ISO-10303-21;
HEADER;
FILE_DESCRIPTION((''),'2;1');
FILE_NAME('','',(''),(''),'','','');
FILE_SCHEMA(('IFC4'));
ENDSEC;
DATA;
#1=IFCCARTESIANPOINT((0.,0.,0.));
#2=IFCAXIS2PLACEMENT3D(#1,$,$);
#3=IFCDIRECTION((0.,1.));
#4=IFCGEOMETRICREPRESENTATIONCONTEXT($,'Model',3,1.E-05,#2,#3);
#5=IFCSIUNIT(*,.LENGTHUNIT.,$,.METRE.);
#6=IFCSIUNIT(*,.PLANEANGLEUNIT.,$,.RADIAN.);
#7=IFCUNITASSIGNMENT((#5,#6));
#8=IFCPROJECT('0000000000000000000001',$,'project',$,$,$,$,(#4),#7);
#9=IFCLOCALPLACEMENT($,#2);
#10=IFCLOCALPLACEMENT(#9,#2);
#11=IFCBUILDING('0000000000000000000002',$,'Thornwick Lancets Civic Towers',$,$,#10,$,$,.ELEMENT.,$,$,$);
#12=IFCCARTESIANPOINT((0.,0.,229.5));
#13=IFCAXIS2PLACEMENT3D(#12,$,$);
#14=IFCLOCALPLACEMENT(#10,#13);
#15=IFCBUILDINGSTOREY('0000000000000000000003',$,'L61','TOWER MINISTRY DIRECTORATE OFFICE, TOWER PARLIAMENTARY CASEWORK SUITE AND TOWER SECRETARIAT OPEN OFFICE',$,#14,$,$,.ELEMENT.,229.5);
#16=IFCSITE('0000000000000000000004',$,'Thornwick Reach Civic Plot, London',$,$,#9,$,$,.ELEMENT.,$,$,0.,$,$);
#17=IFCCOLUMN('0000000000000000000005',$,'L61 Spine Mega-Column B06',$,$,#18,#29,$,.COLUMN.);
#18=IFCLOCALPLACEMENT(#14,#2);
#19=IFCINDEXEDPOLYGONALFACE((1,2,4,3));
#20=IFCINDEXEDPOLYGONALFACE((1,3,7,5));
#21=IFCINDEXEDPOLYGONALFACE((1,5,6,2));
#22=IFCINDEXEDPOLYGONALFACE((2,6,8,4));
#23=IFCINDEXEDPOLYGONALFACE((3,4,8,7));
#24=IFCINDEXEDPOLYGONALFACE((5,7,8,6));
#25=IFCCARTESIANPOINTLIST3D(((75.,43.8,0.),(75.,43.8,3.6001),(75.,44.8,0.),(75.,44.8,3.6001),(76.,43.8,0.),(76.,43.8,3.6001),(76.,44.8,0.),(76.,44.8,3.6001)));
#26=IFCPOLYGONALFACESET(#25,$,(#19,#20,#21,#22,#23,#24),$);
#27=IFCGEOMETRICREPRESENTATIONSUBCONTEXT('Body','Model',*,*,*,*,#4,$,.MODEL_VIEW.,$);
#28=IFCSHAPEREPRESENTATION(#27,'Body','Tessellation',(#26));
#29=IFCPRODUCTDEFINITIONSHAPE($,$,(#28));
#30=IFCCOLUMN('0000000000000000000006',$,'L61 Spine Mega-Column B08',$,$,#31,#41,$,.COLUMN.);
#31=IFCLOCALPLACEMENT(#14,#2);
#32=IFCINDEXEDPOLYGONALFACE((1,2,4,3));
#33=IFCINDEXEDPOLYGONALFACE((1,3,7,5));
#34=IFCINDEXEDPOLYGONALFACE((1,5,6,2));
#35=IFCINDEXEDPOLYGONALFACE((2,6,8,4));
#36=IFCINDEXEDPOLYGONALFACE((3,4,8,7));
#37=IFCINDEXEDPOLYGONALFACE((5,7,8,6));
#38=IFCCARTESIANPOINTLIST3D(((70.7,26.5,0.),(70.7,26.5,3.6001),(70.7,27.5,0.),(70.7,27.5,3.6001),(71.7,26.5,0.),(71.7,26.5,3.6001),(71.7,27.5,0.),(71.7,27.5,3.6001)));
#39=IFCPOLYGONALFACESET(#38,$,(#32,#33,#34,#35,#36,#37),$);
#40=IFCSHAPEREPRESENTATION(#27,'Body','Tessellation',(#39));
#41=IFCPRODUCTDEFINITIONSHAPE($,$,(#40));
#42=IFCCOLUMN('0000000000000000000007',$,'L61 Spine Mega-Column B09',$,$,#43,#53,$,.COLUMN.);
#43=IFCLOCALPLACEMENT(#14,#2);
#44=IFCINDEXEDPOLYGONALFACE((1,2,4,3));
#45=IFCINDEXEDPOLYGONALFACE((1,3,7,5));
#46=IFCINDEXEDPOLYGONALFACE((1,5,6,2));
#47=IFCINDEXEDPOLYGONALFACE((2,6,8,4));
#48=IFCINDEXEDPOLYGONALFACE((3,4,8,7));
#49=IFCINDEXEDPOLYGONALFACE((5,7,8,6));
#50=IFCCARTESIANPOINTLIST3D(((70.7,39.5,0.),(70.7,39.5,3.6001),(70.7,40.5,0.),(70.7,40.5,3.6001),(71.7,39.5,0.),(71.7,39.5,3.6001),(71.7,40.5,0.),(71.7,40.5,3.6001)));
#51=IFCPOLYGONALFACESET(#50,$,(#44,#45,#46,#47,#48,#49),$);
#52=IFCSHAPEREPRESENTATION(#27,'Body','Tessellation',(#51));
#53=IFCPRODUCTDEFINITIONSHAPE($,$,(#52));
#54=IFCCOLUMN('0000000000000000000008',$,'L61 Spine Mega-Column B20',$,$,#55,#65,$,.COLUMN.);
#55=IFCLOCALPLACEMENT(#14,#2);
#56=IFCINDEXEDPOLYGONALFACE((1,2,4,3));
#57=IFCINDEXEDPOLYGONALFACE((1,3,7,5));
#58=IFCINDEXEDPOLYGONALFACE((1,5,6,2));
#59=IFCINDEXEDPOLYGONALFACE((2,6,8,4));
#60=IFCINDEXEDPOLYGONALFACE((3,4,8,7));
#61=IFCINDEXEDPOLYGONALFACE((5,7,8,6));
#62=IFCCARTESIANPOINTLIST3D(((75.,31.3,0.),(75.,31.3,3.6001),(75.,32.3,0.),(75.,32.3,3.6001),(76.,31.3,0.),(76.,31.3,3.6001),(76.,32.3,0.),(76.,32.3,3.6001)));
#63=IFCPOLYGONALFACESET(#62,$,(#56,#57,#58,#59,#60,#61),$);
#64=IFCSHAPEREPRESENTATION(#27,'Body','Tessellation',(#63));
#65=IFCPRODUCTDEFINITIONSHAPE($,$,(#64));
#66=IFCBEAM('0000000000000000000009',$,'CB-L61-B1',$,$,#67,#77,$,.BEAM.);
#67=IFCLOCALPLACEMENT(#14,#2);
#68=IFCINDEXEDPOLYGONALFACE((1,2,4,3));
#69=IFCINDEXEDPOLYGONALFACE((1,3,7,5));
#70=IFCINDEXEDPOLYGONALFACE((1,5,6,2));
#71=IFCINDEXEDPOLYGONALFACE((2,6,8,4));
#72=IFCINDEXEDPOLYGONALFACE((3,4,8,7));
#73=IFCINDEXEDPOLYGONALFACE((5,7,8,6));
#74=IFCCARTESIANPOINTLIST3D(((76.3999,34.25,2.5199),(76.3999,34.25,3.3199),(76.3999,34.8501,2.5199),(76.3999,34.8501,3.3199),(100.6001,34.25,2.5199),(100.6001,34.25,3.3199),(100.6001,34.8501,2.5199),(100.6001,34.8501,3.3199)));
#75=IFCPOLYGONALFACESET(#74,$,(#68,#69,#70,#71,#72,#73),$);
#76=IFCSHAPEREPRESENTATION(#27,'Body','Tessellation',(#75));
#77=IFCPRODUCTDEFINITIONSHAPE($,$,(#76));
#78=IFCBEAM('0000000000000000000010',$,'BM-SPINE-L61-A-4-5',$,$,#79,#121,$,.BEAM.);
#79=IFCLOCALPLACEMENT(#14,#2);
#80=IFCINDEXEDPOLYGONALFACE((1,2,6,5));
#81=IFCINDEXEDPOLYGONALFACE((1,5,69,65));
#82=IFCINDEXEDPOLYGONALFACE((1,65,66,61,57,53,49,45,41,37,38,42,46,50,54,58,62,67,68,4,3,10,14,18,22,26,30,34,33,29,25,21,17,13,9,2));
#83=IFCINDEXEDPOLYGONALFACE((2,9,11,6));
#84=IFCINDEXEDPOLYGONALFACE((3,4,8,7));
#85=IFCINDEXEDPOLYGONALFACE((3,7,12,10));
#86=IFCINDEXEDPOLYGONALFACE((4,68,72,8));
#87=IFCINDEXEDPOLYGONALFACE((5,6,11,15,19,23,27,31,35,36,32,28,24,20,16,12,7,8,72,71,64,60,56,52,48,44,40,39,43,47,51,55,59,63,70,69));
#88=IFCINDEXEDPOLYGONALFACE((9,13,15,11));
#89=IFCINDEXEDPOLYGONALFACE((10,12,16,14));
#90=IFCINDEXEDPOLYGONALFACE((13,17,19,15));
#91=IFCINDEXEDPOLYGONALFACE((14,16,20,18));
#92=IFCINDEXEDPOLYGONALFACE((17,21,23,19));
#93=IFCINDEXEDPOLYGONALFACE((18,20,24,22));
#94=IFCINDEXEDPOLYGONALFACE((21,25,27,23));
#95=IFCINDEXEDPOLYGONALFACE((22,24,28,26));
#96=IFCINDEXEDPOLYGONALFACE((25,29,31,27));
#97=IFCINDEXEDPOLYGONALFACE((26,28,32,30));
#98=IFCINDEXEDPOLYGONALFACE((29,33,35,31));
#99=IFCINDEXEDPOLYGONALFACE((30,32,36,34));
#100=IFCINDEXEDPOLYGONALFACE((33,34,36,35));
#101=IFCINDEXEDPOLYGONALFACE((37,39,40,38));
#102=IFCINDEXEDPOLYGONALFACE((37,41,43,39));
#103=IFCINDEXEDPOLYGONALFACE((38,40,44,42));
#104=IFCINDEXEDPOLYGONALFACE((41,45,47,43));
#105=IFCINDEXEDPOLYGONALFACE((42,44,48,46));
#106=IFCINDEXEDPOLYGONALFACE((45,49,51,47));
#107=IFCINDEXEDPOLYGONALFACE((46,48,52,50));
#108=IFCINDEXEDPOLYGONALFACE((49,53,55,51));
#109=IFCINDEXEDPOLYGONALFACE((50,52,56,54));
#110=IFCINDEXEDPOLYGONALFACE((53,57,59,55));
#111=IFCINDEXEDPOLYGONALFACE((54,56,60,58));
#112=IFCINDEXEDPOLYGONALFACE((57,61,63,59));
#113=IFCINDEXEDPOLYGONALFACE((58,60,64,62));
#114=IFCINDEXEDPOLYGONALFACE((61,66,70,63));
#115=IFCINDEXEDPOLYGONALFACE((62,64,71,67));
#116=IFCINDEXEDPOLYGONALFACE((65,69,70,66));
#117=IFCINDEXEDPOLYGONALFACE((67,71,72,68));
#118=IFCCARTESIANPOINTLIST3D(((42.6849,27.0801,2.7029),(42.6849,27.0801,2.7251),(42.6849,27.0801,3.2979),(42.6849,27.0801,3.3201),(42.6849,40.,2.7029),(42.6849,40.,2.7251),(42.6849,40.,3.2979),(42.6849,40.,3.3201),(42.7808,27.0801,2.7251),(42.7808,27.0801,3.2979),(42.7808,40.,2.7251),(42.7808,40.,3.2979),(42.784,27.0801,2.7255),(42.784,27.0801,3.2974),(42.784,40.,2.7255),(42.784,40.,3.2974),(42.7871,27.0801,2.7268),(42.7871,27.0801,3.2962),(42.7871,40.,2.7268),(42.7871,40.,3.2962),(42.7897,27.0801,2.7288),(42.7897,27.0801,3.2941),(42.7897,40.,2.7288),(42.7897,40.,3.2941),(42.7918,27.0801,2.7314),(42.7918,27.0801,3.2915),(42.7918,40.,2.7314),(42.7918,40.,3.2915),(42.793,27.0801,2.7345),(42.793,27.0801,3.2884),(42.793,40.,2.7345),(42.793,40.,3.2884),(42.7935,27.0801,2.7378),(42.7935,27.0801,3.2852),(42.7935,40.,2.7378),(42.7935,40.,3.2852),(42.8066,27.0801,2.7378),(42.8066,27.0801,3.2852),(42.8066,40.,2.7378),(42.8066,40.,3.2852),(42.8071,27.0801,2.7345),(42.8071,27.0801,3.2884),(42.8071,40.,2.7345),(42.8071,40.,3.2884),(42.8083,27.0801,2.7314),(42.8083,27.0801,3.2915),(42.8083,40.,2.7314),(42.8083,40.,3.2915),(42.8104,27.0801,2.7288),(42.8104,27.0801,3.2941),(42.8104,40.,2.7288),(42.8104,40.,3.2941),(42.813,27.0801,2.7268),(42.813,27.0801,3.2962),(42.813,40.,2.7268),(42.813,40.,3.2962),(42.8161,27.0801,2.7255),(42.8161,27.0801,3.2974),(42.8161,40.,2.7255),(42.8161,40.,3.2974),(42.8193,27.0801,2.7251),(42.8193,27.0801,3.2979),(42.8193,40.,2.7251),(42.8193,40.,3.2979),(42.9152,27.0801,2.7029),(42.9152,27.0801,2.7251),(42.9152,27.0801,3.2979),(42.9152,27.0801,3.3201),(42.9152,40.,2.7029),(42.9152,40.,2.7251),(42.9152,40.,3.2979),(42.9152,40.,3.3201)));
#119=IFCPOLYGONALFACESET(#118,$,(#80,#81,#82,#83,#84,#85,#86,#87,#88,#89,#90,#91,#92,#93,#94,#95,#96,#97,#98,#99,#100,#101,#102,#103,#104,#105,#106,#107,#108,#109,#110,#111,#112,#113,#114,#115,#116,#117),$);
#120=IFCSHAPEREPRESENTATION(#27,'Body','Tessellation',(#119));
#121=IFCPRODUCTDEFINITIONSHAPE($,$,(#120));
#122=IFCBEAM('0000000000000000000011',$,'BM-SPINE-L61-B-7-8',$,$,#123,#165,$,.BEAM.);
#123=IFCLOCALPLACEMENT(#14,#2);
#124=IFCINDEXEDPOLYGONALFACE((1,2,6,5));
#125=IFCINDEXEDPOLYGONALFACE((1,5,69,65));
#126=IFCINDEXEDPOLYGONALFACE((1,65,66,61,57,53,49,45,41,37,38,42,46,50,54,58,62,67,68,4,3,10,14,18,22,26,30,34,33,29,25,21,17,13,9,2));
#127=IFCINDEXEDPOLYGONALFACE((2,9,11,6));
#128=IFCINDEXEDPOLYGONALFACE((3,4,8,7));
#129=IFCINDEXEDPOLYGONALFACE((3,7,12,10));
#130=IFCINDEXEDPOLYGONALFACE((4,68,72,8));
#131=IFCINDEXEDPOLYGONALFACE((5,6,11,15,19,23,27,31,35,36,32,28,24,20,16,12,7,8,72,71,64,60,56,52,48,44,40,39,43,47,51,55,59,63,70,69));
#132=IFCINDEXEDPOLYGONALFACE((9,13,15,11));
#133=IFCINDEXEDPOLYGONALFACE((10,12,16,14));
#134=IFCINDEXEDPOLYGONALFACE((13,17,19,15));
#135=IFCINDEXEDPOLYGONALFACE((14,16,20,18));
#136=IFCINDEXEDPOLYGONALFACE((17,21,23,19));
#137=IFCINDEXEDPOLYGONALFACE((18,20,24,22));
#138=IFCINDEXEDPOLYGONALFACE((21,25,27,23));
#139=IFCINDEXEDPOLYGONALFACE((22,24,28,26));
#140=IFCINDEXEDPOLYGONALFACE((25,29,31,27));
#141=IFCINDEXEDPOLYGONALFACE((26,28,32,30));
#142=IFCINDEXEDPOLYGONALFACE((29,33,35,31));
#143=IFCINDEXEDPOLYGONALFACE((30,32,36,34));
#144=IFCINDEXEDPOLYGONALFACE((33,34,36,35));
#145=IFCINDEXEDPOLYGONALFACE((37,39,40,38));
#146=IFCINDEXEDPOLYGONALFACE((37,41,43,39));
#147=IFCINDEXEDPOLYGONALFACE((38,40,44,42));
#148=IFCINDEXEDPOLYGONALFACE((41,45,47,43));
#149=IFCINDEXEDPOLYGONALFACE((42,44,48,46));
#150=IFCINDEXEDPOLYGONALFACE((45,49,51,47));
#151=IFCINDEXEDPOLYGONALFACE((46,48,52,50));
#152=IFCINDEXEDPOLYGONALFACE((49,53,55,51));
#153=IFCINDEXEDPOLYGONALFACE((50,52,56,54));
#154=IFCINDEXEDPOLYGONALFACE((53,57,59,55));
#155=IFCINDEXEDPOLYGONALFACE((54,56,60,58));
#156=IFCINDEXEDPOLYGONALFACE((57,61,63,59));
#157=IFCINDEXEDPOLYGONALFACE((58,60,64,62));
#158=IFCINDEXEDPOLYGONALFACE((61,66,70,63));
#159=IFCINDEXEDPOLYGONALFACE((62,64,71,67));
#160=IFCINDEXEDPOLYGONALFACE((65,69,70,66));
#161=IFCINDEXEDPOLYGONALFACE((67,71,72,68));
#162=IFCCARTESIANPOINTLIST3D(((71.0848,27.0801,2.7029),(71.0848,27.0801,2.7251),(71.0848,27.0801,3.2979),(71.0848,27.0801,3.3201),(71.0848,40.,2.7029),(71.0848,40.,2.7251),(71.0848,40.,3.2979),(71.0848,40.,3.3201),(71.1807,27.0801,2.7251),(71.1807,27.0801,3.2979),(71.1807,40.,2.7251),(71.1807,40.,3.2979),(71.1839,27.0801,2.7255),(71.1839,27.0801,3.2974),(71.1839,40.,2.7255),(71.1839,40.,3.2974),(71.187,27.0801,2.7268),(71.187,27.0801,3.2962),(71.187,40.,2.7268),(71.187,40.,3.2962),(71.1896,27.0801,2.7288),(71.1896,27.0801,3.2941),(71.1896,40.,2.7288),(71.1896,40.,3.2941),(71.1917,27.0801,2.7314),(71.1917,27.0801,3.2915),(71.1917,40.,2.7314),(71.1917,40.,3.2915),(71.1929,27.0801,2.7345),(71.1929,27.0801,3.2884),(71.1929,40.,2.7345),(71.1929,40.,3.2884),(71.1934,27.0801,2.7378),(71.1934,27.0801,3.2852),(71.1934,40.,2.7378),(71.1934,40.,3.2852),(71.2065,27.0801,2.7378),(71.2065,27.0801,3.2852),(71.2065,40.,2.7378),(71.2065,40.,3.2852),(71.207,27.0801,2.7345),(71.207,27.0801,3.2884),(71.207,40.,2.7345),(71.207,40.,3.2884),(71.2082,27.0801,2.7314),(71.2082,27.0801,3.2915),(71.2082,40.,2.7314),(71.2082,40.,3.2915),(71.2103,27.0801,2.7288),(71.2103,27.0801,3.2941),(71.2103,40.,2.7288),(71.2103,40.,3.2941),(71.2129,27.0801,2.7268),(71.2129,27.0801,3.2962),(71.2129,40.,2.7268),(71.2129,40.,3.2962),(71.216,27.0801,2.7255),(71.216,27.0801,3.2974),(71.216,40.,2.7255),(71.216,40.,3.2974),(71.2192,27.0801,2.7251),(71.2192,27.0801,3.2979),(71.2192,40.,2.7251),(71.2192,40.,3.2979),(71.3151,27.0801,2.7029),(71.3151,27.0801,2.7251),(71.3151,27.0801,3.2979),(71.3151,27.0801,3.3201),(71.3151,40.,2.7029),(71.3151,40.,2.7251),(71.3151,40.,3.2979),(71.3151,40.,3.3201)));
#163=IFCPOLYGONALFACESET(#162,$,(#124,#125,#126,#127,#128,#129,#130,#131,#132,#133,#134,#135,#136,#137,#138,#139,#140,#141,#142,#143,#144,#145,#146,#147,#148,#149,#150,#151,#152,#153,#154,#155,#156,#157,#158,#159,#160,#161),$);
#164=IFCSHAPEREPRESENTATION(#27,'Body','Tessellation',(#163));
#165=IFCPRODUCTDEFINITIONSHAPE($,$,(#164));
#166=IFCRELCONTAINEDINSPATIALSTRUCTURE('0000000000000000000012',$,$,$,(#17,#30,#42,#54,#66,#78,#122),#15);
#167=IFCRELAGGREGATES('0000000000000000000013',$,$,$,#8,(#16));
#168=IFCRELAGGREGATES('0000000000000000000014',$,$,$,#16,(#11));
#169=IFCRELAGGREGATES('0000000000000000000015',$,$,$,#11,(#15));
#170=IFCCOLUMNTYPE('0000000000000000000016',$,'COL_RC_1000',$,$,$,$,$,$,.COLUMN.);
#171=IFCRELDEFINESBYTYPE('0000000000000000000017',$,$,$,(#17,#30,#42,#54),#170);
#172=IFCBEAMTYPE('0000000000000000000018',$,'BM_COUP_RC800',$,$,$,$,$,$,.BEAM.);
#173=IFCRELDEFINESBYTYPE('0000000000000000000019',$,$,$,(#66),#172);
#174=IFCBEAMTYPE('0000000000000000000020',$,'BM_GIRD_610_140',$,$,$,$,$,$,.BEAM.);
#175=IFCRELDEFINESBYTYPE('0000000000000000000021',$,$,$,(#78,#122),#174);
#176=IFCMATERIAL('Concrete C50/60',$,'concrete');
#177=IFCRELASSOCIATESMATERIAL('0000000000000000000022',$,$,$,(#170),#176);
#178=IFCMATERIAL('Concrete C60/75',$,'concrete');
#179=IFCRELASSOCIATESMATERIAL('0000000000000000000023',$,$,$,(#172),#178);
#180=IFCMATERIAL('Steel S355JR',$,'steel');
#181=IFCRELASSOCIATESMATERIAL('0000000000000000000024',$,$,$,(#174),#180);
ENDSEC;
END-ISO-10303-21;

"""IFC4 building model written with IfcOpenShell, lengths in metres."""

from ifc_helpers import new_model, si_unit, direction, frame, origin, origin_2d, place, context, subcontext, project, spatial, rectangle, i_section, extrude, material, material_profile, profile_set, type_object, element, save


model = new_model("IFC4")

# Units and contexts
model_context = context("Model", 3, precision=1e-05, world=origin(), true_north=direction((0.0, 1.0)))
body_context = subcontext(model_context, "Body", "Model", "MODEL_VIEW")
ifc_project = project(units=[si_unit("LENGTHUNIT", "METRE"), si_unit("PLANEANGLEUNIT", "RADIAN")], contexts=[model_context])

# Site, building, storey
site_placement = place(None, origin())
site = spatial("IfcSite", under=ifc_project, at=site_placement, Name="Thornwick Reach Civic Plot, London", CompositionType="ELEMENT", RefElevation=0.0)
building_placement = place(site_placement, origin())
building = spatial("IfcBuilding", under=site, at=building_placement, Name="Thornwick Lancets Civic Towers", CompositionType="ELEMENT")
storey_placement = place(building_placement, frame((0.0, 0.0, 229.5)))
storey = spatial("IfcBuildingStorey", under=building, at=storey_placement, Name="L61", Description="TOWER MINISTRY DIRECTORATE OFFICE, TOWER PARLIAMENTARY CASEWORK SUITE AND TOWER SECRETARIAT OPEN OFFICE", CompositionType="ELEMENT", Elevation=229.5)

# Columns
ifc_material_1 = material(Name="Concrete C50/60", Category="concrete")
ifc_material_profile_1 = material_profile(ifc_material_1, rectangle(XDim=1.0, YDim=1.0, at=origin_2d()), Name="RC 1000x1000")
ifc_profile_set_1 = profile_set([ifc_material_profile_1], Name="Concrete C50/60")
column_type = type_object("IfcColumnType", Name="COL_RC_1000", PredefinedType="COLUMN", material=ifc_profile_set_1)
for number, where, z_axis, x_axis, name in (
    (1, (75.5, 44.3, 0.0), (0.0, 0.0, 1.0), (1.0, 0.0, 0.0), "L61 Spine Mega-Column B06"),
    (2, (71.2, 27.0, 0.0), (0.0, 0.0, 1.0), (1.0, 0.0, 0.0), "L61 Spine Mega-Column B08"),
    (3, (71.2, 40.0, 0.0), (0.0, 0.0, 1.0), (1.0, 0.0, 0.0), "L61 Spine Mega-Column B09"),
    (4, (75.5, 31.8, 0.0), (0.0, 0.0, 1.0), (1.0, 0.0, 0.0), "L61 Spine Mega-Column B20"),
):
    element("IfcColumn", number, at=place(storey_placement, frame(where, z_axis=z_axis, x_axis=x_axis)), inside=storey, type_object=column_type, Name=name, PredefinedType="COLUMN", context=body_context, shape_type="SweptSolid", body=[
        extrude(rectangle(XDim=1.0, YDim=1.0, at=origin_2d()), origin(), (0.0, 0.0, 1.0), 3.6001),
    ])

# Beams
ifc_material_2 = material(Name="Concrete C60/75", Category="concrete")
ifc_material_profile_2 = material_profile(ifc_material_2, rectangle(XDim=0.6001, YDim=0.8, at=origin_2d()), Name="RC 600x800")
ifc_profile_set_2 = profile_set([ifc_material_profile_2], Name="Concrete C60/75")
beam_type_1 = type_object("IfcBeamType", Name="BM_COUP_RC800", PredefinedType="BEAM", material=ifc_profile_set_2)
beam_1_placement = place(storey_placement, frame((76.3999, 34.55, 2.9199), z_axis=(1.0, 0.0, 0.0), x_axis=(0.0, 1.0, 0.0)))
element("IfcBeam", 5, at=beam_1_placement, inside=storey, type_object=beam_type_1, Name="CB-L61-B1", PredefinedType="BEAM", context=body_context, shape_type="SweptSolid", body=[
    extrude(rectangle(XDim=0.6001, YDim=0.8, at=origin_2d()), origin(), (0.0, 0.0, 1.0), 24.2002),
])
ifc_material_3 = material(Name="Steel S355JR", Category="steel")
ifc_material_profile_3 = material_profile(ifc_material_3, i_section(OverallWidth=0.2302, OverallDepth=0.6172, WebThickness=0.0132, FlangeThickness=0.0222, FilletRadius=0.0127, at=origin_2d()), Name="UKB 610x229x140")
ifc_profile_set_3 = profile_set([ifc_material_profile_3], Name="Steel S355JR")
beam_type_2 = type_object("IfcBeamType", Name="BM_GIRD_610_140", PredefinedType="BEAM", material=ifc_profile_set_3)
for number, where, z_axis, x_axis, name in (
    (6, (42.8, 27.0801, 3.0115), (0.0, 1.0, 0.0), (-1.0, 0.0, 0.0), "BM-SPINE-L61-A-4-5"),
    (7, (71.2, 27.0801, 3.0115), (0.0, 1.0, 0.0), (-1.0, 0.0, 0.0), "BM-SPINE-L61-B-7-8"),
):
    element("IfcBeam", number, at=place(storey_placement, frame(where, z_axis=z_axis, x_axis=x_axis)), inside=storey, type_object=beam_type_2, Name=name, PredefinedType="BEAM", context=body_context, shape_type="SweptSolid", body=[
        extrude(i_section(OverallWidth=0.2302, OverallDepth=0.6172, WebThickness=0.0132, FlangeThickness=0.0222, FilletRadius=0.0127, at=origin_2d()), origin(), (0.0, 0.0, 1.0), 12.9199),
    ])

save(model, "model.ifc")
